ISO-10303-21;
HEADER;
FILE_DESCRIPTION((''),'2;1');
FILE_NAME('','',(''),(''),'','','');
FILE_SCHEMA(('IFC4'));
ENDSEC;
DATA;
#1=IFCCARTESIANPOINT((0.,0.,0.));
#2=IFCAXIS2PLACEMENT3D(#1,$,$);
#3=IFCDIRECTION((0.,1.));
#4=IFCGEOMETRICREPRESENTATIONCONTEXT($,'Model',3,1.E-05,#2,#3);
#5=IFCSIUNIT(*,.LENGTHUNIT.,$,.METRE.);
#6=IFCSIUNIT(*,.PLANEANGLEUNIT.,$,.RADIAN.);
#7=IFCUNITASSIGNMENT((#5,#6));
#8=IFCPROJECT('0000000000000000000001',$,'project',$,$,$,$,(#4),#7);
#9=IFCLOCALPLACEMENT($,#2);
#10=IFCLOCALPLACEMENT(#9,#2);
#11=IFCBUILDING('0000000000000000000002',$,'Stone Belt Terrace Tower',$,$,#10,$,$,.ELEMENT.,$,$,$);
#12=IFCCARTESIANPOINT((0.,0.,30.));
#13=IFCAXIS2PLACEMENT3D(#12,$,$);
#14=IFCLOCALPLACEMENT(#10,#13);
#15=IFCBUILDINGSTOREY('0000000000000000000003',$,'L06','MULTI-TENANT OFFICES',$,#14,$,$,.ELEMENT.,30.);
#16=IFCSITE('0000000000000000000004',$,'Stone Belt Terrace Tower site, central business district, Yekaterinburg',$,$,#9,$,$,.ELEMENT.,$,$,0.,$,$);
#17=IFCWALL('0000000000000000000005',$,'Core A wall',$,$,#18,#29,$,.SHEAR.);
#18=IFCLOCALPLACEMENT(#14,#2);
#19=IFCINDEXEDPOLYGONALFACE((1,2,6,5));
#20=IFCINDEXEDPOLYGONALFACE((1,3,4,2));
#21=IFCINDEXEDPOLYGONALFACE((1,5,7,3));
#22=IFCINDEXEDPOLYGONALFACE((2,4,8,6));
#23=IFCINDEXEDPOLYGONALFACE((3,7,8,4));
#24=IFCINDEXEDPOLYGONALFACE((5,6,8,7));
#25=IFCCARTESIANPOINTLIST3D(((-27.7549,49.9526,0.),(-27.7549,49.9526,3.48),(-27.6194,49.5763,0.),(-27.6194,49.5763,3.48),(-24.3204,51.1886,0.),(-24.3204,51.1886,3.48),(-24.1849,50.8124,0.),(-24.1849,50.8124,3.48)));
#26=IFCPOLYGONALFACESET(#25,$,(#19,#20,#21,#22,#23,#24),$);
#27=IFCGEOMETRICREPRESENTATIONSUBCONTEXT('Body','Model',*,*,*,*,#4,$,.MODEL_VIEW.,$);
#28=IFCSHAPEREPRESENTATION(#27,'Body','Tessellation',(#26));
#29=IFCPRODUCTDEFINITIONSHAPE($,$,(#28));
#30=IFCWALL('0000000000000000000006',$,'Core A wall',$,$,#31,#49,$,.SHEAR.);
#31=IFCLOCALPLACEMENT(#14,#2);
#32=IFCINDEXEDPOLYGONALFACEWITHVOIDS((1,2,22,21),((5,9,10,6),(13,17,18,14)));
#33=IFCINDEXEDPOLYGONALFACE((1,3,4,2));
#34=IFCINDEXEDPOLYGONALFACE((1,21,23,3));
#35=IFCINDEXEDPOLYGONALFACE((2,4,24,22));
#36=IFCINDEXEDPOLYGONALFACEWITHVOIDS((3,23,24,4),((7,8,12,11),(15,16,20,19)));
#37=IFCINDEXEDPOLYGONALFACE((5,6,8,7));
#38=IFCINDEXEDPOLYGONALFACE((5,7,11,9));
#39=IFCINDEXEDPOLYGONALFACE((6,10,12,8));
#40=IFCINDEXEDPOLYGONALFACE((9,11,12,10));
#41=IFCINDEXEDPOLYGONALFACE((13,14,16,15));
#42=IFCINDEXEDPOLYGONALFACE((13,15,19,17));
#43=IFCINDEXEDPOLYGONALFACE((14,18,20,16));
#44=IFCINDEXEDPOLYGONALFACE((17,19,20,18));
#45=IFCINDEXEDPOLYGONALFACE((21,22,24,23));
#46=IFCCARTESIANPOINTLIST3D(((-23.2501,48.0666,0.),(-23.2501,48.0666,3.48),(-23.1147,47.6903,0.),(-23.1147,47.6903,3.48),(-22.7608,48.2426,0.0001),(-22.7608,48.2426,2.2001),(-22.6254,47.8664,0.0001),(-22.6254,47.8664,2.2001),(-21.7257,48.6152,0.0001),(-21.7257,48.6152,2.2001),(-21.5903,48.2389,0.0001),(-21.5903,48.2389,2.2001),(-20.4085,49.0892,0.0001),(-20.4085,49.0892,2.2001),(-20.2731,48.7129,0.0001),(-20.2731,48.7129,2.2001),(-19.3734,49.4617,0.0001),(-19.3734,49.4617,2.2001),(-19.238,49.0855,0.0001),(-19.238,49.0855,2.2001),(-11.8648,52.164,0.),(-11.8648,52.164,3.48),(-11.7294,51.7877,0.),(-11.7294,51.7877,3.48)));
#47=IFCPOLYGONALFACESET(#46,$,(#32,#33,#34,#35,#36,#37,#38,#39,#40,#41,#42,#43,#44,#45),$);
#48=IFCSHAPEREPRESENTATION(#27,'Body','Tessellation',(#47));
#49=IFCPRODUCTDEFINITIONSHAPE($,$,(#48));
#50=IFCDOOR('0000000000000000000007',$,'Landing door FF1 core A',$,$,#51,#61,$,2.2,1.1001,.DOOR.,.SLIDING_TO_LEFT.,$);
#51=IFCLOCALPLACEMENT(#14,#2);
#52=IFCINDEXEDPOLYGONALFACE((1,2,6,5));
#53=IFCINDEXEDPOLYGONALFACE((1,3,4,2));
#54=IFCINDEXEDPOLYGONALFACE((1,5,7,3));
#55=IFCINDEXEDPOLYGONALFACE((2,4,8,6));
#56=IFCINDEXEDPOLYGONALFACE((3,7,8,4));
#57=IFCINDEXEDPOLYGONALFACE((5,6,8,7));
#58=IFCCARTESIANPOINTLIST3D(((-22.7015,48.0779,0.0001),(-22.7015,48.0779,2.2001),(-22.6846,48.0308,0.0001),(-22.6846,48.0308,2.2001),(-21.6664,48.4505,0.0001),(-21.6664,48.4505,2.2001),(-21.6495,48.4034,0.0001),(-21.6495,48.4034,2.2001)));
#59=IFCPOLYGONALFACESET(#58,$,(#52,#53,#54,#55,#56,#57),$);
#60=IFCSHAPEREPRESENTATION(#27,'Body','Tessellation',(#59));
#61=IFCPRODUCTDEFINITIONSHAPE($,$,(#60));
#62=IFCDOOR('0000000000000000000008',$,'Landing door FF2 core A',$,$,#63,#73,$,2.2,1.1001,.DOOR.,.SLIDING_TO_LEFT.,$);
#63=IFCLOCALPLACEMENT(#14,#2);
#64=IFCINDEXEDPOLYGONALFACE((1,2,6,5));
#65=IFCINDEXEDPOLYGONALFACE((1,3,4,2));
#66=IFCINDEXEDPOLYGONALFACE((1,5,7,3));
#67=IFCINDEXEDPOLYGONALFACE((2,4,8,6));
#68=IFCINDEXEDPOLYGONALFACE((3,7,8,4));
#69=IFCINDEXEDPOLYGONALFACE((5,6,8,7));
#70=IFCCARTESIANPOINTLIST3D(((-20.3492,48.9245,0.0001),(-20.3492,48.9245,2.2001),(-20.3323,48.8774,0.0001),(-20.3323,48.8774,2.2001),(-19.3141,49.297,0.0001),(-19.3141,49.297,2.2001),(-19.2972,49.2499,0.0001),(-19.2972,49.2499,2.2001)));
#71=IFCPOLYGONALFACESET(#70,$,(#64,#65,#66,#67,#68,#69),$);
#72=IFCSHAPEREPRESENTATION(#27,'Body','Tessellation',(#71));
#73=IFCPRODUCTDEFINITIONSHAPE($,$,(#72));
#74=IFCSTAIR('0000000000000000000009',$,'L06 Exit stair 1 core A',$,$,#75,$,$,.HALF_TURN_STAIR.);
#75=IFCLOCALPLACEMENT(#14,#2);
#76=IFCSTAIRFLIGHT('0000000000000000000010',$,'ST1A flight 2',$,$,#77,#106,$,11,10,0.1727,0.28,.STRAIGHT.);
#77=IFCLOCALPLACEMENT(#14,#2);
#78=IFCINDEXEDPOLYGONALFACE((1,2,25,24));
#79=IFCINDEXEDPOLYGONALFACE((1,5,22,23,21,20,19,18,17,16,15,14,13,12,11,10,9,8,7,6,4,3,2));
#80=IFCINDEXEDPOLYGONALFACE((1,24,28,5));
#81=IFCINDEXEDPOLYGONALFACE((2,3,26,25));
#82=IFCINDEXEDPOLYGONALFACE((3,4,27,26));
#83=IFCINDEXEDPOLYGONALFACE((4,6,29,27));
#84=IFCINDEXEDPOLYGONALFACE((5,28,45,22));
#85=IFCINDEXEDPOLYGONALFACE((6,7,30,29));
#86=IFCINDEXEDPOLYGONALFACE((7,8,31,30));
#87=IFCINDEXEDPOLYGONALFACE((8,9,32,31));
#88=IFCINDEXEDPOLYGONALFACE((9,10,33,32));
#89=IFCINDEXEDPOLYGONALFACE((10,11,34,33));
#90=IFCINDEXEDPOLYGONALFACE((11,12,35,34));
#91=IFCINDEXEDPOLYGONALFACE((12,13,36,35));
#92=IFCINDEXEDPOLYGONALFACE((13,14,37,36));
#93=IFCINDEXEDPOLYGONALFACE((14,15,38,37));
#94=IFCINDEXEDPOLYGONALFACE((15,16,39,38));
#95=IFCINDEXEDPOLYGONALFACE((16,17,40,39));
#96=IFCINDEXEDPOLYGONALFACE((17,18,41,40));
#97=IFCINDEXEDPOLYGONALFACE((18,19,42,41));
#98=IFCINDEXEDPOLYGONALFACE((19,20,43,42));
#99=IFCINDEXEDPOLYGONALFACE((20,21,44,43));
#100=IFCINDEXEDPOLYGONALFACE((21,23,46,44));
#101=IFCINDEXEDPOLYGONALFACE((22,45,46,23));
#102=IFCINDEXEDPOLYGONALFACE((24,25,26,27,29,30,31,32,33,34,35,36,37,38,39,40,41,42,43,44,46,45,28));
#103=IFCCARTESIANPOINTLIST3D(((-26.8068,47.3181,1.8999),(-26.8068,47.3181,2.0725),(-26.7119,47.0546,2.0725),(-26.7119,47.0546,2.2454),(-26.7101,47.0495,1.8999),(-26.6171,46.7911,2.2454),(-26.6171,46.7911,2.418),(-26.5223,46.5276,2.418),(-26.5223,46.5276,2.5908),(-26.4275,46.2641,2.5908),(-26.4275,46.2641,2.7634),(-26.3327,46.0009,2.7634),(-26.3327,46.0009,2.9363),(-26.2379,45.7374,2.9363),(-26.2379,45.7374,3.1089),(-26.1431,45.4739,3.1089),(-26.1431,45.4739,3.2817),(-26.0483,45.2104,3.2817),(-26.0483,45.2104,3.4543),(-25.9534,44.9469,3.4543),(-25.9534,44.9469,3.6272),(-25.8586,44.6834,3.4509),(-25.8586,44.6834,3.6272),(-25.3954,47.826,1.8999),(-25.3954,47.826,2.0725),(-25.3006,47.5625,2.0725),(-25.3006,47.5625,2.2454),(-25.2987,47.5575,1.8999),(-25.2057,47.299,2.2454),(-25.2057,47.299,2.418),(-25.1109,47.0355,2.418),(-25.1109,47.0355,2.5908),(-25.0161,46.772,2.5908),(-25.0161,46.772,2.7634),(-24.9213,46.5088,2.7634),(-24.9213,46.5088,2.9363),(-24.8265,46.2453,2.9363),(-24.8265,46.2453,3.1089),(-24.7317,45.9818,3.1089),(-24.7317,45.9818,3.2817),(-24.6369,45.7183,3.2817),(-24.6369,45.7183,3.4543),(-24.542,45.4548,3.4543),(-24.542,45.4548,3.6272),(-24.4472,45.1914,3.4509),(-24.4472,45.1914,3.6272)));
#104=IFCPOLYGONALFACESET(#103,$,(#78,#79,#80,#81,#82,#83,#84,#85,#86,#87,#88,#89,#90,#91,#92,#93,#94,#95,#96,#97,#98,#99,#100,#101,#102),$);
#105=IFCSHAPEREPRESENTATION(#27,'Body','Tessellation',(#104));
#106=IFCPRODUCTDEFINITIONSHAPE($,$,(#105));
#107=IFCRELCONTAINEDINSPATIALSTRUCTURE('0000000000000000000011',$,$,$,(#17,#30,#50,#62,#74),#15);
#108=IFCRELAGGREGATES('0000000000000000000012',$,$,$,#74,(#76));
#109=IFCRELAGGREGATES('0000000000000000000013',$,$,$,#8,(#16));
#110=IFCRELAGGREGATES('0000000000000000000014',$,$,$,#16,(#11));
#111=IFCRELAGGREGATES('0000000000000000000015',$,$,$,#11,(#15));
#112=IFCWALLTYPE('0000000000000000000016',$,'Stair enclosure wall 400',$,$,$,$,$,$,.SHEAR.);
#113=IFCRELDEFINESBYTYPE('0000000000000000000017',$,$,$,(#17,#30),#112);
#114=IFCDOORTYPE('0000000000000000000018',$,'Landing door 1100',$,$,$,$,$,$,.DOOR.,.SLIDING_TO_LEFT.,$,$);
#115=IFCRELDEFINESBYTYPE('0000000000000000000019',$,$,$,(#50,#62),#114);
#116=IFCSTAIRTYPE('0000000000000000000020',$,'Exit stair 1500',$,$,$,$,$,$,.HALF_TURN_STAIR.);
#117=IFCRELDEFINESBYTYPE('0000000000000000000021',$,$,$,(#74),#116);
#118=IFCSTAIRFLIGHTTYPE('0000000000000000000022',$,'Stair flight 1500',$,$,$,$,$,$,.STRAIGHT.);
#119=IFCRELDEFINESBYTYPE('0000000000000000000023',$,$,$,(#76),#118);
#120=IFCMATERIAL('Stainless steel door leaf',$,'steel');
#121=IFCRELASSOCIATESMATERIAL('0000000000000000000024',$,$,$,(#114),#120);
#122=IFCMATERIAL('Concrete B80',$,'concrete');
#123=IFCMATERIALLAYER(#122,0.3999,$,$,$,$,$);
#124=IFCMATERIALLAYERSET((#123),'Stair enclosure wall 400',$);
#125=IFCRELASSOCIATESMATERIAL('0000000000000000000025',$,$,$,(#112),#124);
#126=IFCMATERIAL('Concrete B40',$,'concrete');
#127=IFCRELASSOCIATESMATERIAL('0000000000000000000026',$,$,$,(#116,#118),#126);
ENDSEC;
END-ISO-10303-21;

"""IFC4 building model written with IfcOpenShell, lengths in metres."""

from ifc_helpers import new_model, si_unit, direction, frame, frame_2d, origin, place, context, subcontext, project, spatial, polyline, rectangle, outline, extrude, material, layer, layer_set, type_object, element, fill, aggregate, save


model = new_model("IFC4")

# Units and contexts
model_context = context("Model", 3, precision=1e-05, world=origin(), true_north=direction((0.0, 1.0)))
body_context = subcontext(model_context, "Body", "Model", "MODEL_VIEW")
ifc_project = project(units=[si_unit("LENGTHUNIT", "METRE"), si_unit("PLANEANGLEUNIT", "RADIAN")], contexts=[model_context])

# Site, building, storey
site_placement = place(None, origin())
site = spatial("IfcSite", under=ifc_project, at=site_placement, Name="Stone Belt Terrace Tower site, central business district, Yekaterinburg", CompositionType="ELEMENT", RefElevation=0.0)
building_placement = place(site_placement, origin())
building = spatial("IfcBuilding", under=site, at=building_placement, Name="Stone Belt Terrace Tower", CompositionType="ELEMENT")
storey_placement = place(building_placement, frame((0.0, 0.0, 30.0)))
storey = spatial("IfcBuildingStorey", under=building, at=storey_placement, Name="L06", Description="MULTI-TENANT OFFICES", CompositionType="ELEMENT", Elevation=30.0)

# Shared definitions
ifc_material_1 = material(Name="Concrete B80", Category="concrete")

# Shared definitions
ifc_material_2 = material(Name="Stainless steel door leaf", Category="steel")

# Shared definitions
door_type_1 = type_object("IfcDoorType", Name="Landing door 1100", OperationType="SLIDING_TO_LEFT", PredefinedType="DOOR", material=ifc_material_2)

# Wall
ifc_layer_1 = layer(ifc_material_1, 0.3999)
ifc_layer_set_1 = layer_set([ifc_layer_1], Name="Stair enclosure wall 400")
wall_type_1 = type_object("IfcWallType", Name="Stair enclosure wall 400", PredefinedType="SHEAR", material=ifc_layer_set_1)
wall_1_placement = place(storey_placement, frame((-27.6873, 49.7644, 0.0), z_axis=(0.0, 0.0, 1.0), x_axis=(0.940919, 0.338632, 0.0)))
element("IfcWall", 1, at=wall_1_placement, inside=storey, type_object=wall_type_1, Name="Core A wall", PredefinedType="SHEAR", context=body_context, shape_type="SweptSolid", body=[
    extrude(rectangle(XDim=3.6501, YDim=0.3999, at=frame_2d((1.8252, 0.0))), origin(), (0.0, 0.0, 1.0), 3.48),
])

# Wall, openings, doors
wall_2_placement = place(storey_placement, frame((-23.1824, 47.8784, 0.0), z_axis=(0.0, 0.0, 1.0), x_axis=(0.940921, 0.338626, 0.0)))
wall_2 = element("IfcWall", 2, at=wall_2_placement, inside=storey, type_object=wall_type_1, Name="Core A wall", PredefinedType="SHEAR", context=body_context, shape_type="SweptSolid", body=[
    extrude(rectangle(XDim=12.1001, YDim=0.3999, at=frame_2d((6.05, 0.0))), origin(), (0.0, 0.0, 1.0), 3.48),
])
opening_1_placement = place(wall_2_placement, frame((0.52, 0.0, 0.0)))
opening_1 = element("IfcOpeningElement", 3, at=opening_1_placement, cuts=wall_2, PredefinedType="OPENING", context=body_context, shape_type="SweptSolid", body=[
    extrude(rectangle(XDim=1.1001, YDim=2.2, at=frame_2d((0.55, 1.1001))), frame((0.0, 0.21, 0.0), z_axis=(0.0, -1.0, 0.0), x_axis=(1.0, 0.0, 0.0)), (0.0, 0.0, 1.0), 0.4199),
])
opening_2_placement = place(wall_2_placement, frame((3.02, 0.0, 0.0)))
opening_2 = element("IfcOpeningElement", 4, at=opening_2_placement, cuts=wall_2, PredefinedType="OPENING", context=body_context, shape_type="SweptSolid", body=[
    extrude(rectangle(XDim=1.1001, YDim=2.2, at=frame_2d((0.55, 1.1001))), frame((0.0, 0.21, 0.0), z_axis=(0.0, -1.0, 0.0), x_axis=(1.0, 0.0, 0.0)), (0.0, 0.0, 1.0), 0.4199),
])
door_1_placement = place(opening_1_placement, origin())
door_1 = element("IfcDoor", 5, at=door_1_placement, inside=storey, type_object=door_type_1, Name="Landing door FF1 core A", OperationType="SLIDING_TO_LEFT", OverallHeight=2.2, OverallWidth=1.1001, PredefinedType="DOOR", context=body_context, shape_type="SweptSolid", body=[
    extrude(rectangle(XDim=1.1001, YDim=2.2, at=frame_2d((0.55, 1.1001))), frame((0.0, 0.0249, 0.0), z_axis=(0.0, -1.0, 0.0), x_axis=(1.0, 0.0, 0.0)), (0.0, 0.0, 1.0), 0.05),
])
fill(opening_1, door_1)
door_2_placement = place(opening_2_placement, origin())
door_2 = element("IfcDoor", 6, at=door_2_placement, inside=storey, type_object=door_type_1, Name="Landing door FF2 core A", OperationType="SLIDING_TO_LEFT", OverallHeight=2.2, OverallWidth=1.1001, PredefinedType="DOOR", context=body_context, shape_type="SweptSolid", body=[
    extrude(rectangle(XDim=1.1001, YDim=2.2, at=frame_2d((0.55, 1.1001))), frame((0.0, 0.0249, 0.0), z_axis=(0.0, -1.0, 0.0), x_axis=(1.0, 0.0, 0.0)), (0.0, 0.0, 1.0), 0.05),
])
fill(opening_2, door_2)

# Stair, stair flight
ifc_material_3 = material(Name="Concrete B40", Category="concrete")
stair_type = type_object("IfcStairType", Name="Exit stair 1500", PredefinedType="HALF_TURN_STAIR", material=ifc_material_3)
stair_placement = place(storey_placement, origin())
stair = element("IfcStair", 7, at=stair_placement, inside=storey, type_object=stair_type, Name="L06 Exit stair 1 core A", PredefinedType="HALF_TURN_STAIR")
stair_flight_type = type_object("IfcStairFlightType", Name="Stair flight 1500", PredefinedType="STRAIGHT", material=ifc_material_3)
stair_flight_placement = place(storey_placement, frame((-26.1011, 47.572, 1.8999), z_axis=(0.0, 0.0, 1.0), x_axis=(0.338624, -0.940922, 0.0)))
stair_flight = element("IfcStairFlight", 8, at=stair_flight_placement, type_object=stair_flight_type, Name="ST1A flight 2", NumberOfRisers=11, NumberOfTreads=10, PredefinedType="STRAIGHT", RiserHeight=0.1727, TreadLength=0.28, context=body_context, shape_type="SweptSolid", body=[
    extrude(outline(polyline([(0.0, 0.0), (0.0, 0.1726), (0.28, 0.1726), (0.28, 0.3455), (0.5601, 0.3455), (0.5601, 0.5181), (0.8401, 0.5181), (0.8401, 0.6909), (1.1201, 0.6909), (1.1201, 0.8635), (1.3999, 0.8635), (1.3999, 1.0364), (1.6799, 1.0364), (1.6799, 1.209), (1.96, 1.209), (1.96, 1.3818), (2.24, 1.3818), (2.24, 1.5544), (2.52, 1.5544), (2.52, 1.7273), (2.8, 1.7273), (2.8, 1.8999), (2.8, 1.551), (0.2854, 0.0), (0.0, 0.0)])), frame((0.0, 0.75, 0.0), z_axis=(0.0, -1.0, 0.0), x_axis=(1.0, 0.0, 0.0)), (0.0, 0.0, 1.0), 1.5),
])
aggregate(stair, [stair_flight])

save(model, "model.ifc")
